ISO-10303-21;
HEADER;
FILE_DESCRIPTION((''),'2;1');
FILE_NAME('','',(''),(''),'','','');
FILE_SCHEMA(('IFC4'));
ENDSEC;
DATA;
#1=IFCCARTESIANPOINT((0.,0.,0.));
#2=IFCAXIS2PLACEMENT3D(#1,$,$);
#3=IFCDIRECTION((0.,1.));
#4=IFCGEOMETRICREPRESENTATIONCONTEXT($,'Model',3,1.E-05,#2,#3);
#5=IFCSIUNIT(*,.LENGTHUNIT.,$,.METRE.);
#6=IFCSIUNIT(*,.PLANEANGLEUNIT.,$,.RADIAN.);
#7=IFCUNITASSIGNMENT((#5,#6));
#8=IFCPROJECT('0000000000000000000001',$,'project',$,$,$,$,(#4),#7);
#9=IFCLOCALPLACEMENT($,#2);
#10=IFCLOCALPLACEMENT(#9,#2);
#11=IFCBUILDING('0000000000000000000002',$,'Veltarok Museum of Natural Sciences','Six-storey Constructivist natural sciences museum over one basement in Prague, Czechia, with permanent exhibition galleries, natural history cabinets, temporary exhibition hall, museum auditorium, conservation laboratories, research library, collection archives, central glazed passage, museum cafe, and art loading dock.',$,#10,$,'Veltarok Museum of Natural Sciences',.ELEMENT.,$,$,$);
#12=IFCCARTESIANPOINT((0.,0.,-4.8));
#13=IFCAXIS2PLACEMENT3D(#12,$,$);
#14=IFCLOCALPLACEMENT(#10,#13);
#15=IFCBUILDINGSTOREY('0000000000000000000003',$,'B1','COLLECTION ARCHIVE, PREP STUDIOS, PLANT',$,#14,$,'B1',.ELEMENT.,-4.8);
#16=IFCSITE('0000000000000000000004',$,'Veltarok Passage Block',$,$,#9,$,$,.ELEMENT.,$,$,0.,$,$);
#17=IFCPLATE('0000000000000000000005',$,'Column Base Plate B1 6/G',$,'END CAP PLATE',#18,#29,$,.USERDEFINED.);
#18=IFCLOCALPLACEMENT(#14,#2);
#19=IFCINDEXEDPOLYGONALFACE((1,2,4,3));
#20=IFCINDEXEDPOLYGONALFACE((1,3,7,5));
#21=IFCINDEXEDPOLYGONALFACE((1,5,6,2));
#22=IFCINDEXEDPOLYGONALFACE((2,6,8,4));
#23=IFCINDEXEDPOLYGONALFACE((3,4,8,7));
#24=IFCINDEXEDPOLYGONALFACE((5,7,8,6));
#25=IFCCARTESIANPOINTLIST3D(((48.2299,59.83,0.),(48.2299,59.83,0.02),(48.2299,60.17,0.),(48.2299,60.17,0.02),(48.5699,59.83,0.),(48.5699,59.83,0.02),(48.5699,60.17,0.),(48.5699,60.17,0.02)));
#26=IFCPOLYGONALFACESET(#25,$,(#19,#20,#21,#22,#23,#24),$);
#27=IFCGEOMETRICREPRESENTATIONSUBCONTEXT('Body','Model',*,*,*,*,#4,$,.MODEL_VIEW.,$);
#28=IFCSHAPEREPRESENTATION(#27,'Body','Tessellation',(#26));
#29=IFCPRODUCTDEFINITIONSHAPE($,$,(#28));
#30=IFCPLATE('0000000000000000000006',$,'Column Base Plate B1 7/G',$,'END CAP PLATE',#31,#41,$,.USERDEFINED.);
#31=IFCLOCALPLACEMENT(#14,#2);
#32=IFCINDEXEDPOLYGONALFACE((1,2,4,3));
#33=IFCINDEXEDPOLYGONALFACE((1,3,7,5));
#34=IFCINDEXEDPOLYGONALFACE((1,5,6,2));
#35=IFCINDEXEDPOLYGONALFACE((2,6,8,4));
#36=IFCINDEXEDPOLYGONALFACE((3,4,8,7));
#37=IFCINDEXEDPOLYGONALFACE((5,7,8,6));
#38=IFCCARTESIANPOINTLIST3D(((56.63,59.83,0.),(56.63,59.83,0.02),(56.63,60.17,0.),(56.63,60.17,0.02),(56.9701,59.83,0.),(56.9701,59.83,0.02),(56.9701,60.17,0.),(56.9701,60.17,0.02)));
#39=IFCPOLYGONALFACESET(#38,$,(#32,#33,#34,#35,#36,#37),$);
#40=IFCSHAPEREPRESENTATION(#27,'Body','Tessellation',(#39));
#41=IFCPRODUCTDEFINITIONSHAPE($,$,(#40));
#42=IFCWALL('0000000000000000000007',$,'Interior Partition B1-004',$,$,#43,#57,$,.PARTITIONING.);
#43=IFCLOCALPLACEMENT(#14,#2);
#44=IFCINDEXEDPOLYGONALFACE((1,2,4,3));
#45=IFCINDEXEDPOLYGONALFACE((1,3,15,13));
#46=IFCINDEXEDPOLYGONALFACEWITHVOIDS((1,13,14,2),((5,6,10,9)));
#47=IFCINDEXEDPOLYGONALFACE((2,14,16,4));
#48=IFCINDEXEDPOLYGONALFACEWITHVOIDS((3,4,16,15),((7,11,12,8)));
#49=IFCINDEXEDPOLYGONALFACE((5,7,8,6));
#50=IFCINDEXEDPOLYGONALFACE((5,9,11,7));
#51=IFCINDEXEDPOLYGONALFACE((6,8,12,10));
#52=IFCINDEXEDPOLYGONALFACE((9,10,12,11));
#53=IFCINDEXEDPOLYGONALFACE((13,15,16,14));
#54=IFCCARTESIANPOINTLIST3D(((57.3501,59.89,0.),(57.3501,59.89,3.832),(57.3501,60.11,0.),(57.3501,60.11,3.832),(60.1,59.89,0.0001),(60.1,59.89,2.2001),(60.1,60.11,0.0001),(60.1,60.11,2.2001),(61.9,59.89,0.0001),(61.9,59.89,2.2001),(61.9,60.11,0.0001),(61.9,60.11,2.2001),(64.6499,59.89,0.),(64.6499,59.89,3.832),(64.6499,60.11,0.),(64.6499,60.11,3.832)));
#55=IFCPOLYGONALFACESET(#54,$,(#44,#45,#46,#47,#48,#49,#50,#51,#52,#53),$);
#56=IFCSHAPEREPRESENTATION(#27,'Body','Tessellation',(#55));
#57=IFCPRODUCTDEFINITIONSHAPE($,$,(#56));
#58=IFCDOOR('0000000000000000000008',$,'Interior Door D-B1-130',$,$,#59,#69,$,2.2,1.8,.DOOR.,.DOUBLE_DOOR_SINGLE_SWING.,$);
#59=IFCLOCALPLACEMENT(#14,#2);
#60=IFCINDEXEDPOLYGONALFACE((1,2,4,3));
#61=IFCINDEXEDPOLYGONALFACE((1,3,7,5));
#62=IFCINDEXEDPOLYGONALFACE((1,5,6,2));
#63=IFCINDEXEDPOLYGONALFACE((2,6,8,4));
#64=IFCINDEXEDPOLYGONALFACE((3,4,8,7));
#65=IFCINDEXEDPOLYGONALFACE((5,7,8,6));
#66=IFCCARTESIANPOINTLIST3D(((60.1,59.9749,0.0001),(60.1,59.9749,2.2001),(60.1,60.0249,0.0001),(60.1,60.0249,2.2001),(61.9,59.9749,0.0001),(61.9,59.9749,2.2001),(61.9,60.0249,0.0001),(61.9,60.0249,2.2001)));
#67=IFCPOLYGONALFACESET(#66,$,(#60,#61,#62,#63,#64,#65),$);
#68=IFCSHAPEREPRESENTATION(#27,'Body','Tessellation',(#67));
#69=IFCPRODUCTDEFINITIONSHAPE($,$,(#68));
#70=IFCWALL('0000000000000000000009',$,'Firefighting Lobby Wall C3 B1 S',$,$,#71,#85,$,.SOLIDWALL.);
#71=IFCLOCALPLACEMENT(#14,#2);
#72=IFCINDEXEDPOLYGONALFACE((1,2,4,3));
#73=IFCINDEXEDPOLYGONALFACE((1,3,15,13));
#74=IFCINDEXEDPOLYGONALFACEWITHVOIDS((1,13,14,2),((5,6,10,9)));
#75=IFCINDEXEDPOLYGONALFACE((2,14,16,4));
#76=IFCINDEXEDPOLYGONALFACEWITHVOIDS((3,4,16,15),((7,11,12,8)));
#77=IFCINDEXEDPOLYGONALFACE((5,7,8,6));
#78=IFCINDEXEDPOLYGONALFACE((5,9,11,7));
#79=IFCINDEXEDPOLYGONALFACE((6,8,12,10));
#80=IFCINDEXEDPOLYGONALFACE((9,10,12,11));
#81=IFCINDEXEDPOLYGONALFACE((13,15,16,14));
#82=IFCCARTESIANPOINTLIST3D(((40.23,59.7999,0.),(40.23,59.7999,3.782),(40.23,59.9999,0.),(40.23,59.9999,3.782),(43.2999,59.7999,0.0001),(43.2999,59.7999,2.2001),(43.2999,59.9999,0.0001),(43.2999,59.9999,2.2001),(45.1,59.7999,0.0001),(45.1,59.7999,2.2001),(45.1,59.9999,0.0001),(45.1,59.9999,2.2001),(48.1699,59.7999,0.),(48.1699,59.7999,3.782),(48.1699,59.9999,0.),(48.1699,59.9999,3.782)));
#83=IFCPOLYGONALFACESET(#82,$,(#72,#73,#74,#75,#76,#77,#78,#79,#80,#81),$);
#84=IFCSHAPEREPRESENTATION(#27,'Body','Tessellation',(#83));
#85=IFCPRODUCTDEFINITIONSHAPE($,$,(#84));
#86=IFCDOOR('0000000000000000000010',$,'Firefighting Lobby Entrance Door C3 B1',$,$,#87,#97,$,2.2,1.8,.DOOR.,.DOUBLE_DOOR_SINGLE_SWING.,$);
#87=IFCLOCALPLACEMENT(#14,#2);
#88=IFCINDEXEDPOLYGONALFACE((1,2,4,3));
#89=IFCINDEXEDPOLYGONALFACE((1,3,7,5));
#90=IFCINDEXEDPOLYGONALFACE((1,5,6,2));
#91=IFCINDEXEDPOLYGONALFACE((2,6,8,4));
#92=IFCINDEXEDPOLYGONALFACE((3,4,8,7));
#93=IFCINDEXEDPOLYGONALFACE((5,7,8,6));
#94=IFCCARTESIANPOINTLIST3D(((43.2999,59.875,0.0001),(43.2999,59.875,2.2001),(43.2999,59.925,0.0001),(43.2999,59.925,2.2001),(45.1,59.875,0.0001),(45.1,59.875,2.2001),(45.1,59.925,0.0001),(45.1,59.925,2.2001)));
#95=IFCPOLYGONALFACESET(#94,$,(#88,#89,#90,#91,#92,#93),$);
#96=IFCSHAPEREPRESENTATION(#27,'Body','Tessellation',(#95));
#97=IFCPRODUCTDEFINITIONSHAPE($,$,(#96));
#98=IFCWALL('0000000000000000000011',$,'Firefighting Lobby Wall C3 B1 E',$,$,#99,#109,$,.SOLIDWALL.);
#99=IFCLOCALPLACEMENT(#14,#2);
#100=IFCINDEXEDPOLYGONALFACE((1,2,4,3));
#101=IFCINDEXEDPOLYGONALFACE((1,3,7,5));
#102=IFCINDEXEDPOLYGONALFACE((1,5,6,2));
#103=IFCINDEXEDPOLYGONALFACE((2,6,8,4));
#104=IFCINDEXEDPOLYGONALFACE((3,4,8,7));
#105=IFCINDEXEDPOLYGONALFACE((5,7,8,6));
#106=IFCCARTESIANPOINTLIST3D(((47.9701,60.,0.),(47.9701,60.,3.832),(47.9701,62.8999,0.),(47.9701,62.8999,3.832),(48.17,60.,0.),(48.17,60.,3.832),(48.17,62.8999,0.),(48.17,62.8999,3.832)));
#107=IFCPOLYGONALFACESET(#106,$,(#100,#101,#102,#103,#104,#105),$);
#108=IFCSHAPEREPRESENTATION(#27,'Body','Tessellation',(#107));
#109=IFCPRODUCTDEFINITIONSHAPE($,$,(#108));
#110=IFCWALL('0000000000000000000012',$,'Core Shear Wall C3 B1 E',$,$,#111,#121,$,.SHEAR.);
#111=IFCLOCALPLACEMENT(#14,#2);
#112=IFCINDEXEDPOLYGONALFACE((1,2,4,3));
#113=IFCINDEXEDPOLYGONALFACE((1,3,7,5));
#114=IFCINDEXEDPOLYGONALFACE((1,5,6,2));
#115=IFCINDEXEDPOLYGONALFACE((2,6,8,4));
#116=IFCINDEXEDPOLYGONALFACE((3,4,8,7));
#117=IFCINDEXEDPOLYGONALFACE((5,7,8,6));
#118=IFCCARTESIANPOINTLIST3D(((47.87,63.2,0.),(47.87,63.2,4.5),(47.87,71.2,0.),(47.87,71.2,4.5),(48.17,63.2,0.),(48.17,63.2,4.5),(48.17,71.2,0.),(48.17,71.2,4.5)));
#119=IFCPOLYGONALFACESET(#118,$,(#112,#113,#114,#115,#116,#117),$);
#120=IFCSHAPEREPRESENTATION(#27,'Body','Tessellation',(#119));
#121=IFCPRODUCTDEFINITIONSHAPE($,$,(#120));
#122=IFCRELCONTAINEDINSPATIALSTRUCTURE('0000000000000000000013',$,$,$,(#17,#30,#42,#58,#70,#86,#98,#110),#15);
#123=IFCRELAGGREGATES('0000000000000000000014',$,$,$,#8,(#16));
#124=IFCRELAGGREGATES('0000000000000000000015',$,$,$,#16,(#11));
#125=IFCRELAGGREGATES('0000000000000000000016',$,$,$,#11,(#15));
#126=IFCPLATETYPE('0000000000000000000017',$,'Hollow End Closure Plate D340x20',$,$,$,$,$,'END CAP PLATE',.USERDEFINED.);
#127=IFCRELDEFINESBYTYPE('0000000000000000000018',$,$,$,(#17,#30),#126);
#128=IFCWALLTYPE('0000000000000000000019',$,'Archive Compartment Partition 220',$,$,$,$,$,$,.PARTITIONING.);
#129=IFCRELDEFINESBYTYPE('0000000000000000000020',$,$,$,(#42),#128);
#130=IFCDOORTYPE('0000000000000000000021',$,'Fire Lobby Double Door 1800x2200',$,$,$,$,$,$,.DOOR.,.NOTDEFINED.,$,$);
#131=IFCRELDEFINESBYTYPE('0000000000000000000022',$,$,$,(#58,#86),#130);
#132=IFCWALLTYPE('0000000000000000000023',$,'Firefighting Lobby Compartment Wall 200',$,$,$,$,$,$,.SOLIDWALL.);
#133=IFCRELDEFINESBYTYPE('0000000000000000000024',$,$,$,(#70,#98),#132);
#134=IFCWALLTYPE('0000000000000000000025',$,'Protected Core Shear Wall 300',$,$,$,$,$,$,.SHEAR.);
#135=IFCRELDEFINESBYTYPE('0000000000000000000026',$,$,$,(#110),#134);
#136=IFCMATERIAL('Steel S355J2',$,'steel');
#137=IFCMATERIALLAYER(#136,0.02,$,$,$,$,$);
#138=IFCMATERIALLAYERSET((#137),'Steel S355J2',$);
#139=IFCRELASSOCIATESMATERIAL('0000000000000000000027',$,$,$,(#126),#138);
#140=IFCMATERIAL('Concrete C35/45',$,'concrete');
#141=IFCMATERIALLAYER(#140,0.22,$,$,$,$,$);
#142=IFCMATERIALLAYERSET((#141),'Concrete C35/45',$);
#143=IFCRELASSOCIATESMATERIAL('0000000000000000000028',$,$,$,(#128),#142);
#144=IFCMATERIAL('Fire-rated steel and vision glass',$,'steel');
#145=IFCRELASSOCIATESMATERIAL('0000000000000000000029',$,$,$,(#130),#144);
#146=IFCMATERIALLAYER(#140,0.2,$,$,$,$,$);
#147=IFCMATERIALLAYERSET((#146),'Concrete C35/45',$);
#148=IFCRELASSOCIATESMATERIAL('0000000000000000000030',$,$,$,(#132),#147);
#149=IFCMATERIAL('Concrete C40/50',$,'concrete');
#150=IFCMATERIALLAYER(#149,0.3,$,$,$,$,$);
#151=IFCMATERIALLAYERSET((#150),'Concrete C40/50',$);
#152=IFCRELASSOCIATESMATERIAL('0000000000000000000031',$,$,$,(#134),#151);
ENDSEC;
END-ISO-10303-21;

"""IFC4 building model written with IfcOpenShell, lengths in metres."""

from ifc_helpers import new_model, si_unit, direction, frame, frame_2d, origin, origin_2d, place, context, subcontext, project, spatial, rectangle, extrude, material, layer, layer_set, type_object, element, fill, save


model = new_model("IFC4")

# Units and contexts
model_context = context("Model", 3, precision=1e-05, world=origin(), true_north=direction((0.0, 1.0)))
body_context = subcontext(model_context, "Body", "Model", "MODEL_VIEW")
ifc_project = project(units=[si_unit("LENGTHUNIT", "METRE"), si_unit("PLANEANGLEUNIT", "RADIAN")], contexts=[model_context])

# Site, building, storey
site_placement = place(None, origin())
site = spatial("IfcSite", under=ifc_project, at=site_placement, Name="Veltarok Passage Block", CompositionType="ELEMENT", RefElevation=0.0)
building_placement = place(site_placement, origin())
building = spatial("IfcBuilding", under=site, at=building_placement, Name="Veltarok Museum of Natural Sciences", Description="Six-storey Constructivist natural sciences museum over one basement in Prague, Czechia, with permanent exhibition galleries, natural history cabinets, temporary exhibition hall, museum auditorium, conservation laboratories, research library, collection archives, central glazed passage, museum cafe, and art loading dock.", LongName="Veltarok Museum of Natural Sciences", CompositionType="ELEMENT")
storey_placement = place(building_placement, frame((0.0, 0.0, -4.8)))
storey = spatial("IfcBuildingStorey", under=building, at=storey_placement, Name="B1", Description="COLLECTION ARCHIVE, PREP STUDIOS, PLANT", LongName="B1", CompositionType="ELEMENT", Elevation=-4.8)

# Shared definitions
ifc_material_1 = material(Name="Concrete C35/45", Category="concrete")

# Shared definitions
ifc_material_2 = material(Name="Steel S355J2", Category="steel")

# Plates
ifc_layer_1 = layer(ifc_material_2, 0.02)
ifc_layer_set_1 = layer_set([ifc_layer_1], Name="Steel S355J2")
plate_type = type_object("IfcPlateType", Name="Hollow End Closure Plate D340x20", ElementType="END CAP PLATE", PredefinedType="USERDEFINED", material=ifc_layer_set_1)
for number, where, z_axis, x_axis, name in (
    (1, (48.3999, 60.0, 0.0), (0.0, 0.0, 1.0), (1.0, 0.0, 0.0), "Column Base Plate B1 6/G"),
    (2, (56.8, 60.0, 0.0), (0.0, 0.0, 1.0), (1.0, 0.0, 0.0), "Column Base Plate B1 7/G"),
):
    element("IfcPlate", number, at=place(storey_placement, frame(where, z_axis=z_axis, x_axis=x_axis)), inside=storey, type_object=plate_type, Name=name, ObjectType="END CAP PLATE", PredefinedType="USERDEFINED", context=body_context, shape_type="SweptSolid", body=[
        extrude(rectangle(XDim=0.3401, YDim=0.3401, at=origin_2d()), origin(), (0.0, 0.0, 1.0), 0.02),
    ])

# Walls, openings, doors
ifc_layer_2 = layer(ifc_material_1, 0.22)
ifc_layer_set_2 = layer_set([ifc_layer_2], Name="Concrete C35/45")
wall_type_1 = type_object("IfcWallType", Name="Archive Compartment Partition 220", PredefinedType="PARTITIONING", material=ifc_layer_set_2)
wall_1_placement = place(storey_placement, frame((57.3501, 60.0, 0.0), z_axis=(0.0, 0.0, 1.0), x_axis=(1.0, 0.0, 0.0)))
wall_1 = element("IfcWall", 3, at=wall_1_placement, inside=storey, type_object=wall_type_1, Name="Interior Partition B1-004", PredefinedType="PARTITIONING", context=body_context, shape_type="SweptSolid", body=[
    extrude(rectangle(XDim=7.2998, YDim=0.22, at=frame_2d((3.6499, 0.0))), origin(), (0.0, 0.0, 1.0), 3.832),
])
opening_1_placement = place(wall_1_placement, frame((2.75, 0.0, 0.0)))
opening_1 = element("IfcOpeningElement", 4, at=opening_1_placement, cuts=wall_1, PredefinedType="OPENING", context=body_context, shape_type="SweptSolid", body=[
    extrude(rectangle(XDim=1.8, YDim=2.2, at=frame_2d((0.8999, 1.1001))), frame((0.0, 0.1201, 0.0), z_axis=(0.0, -1.0, 0.0), x_axis=(1.0, 0.0, 0.0)), (0.0, 0.0, 1.0), 0.24),
])
ifc_material_3 = material(Name="Fire-rated steel and vision glass", Category="steel")
door_type = type_object("IfcDoorType", Name="Fire Lobby Double Door 1800x2200", OperationType="NOTDEFINED", PredefinedType="DOOR", material=ifc_material_3)
door_1_placement = place(opening_1_placement, origin())
door_1 = element("IfcDoor", 5, at=door_1_placement, inside=storey, type_object=door_type, Name="Interior Door D-B1-130", OperationType="DOUBLE_DOOR_SINGLE_SWING", OverallHeight=2.2, OverallWidth=1.8, PredefinedType="DOOR", context=body_context, shape_type="SweptSolid", body=[
    extrude(rectangle(XDim=1.8, YDim=2.2, at=frame_2d((0.8999, 1.1001))), frame((0.0, 0.0249, 0.0), z_axis=(0.0, -1.0, 0.0), x_axis=(1.0, 0.0, 0.0)), (0.0, 0.0, 1.0), 0.05),
])
fill(opening_1, door_1)
ifc_layer_3 = layer(ifc_material_1, 0.2)
ifc_layer_set_3 = layer_set([ifc_layer_3], Name="Concrete C35/45")
wall_type_2 = type_object("IfcWallType", Name="Firefighting Lobby Compartment Wall 200", PredefinedType="SOLIDWALL", material=ifc_layer_set_3)
wall_2_placement = place(storey_placement, frame((48.1699, 59.8999, 0.0), z_axis=(0.0, 0.0, 1.0), x_axis=(-1.0, 0.0, 0.0)))
wall_2 = element("IfcWall", 6, at=wall_2_placement, inside=storey, type_object=wall_type_2, Name="Firefighting Lobby Wall C3 B1 S", PredefinedType="SOLIDWALL", context=body_context, shape_type="SweptSolid", body=[
    extrude(rectangle(XDim=7.9399, YDim=0.2, at=frame_2d((3.97, 0.0))), origin(), (0.0, 0.0, 1.0), 3.782),
])
opening_2_placement = place(wall_2_placement, frame((3.0701, 0.0, 0.0)))
opening_2 = element("IfcOpeningElement", 7, at=opening_2_placement, cuts=wall_2, PredefinedType="OPENING", context=body_context, shape_type="SweptSolid", body=[
    extrude(rectangle(XDim=1.8, YDim=2.2, at=frame_2d((0.8999, 1.1001))), frame((0.0, 0.1099, 0.0), z_axis=(0.0, -1.0, 0.0), x_axis=(1.0, 0.0, 0.0)), (0.0, 0.0, 1.0), 0.22),
])
door_2_placement = place(opening_2_placement, origin())
door_2 = element("IfcDoor", 8, at=door_2_placement, inside=storey, type_object=door_type, Name="Firefighting Lobby Entrance Door C3 B1", OperationType="DOUBLE_DOOR_SINGLE_SWING", OverallHeight=2.2, OverallWidth=1.8, PredefinedType="DOOR", context=body_context, shape_type="SweptSolid", body=[
    extrude(rectangle(XDim=1.8, YDim=2.2, at=frame_2d((0.8999, 1.1001))), frame((0.0, 0.0249, 0.0), z_axis=(0.0, -1.0, 0.0), x_axis=(1.0, 0.0, 0.0)), (0.0, 0.0, 1.0), 0.05),
])
fill(opening_2, door_2)

# Walls
wall_3_placement = place(storey_placement, frame((48.0701, 62.8999, 0.0), z_axis=(0.0, 0.0, 1.0), x_axis=(0.0, -1.0, 0.0)))
element("IfcWall", 9, at=wall_3_placement, inside=storey, type_object=wall_type_2, Name="Firefighting Lobby Wall C3 B1 E", PredefinedType="SOLIDWALL", context=body_context, shape_type="SweptSolid", body=[
    extrude(rectangle(XDim=2.8999, YDim=0.2, at=frame_2d((1.45, 0.0))), origin(), (0.0, 0.0, 1.0), 3.832),
])
ifc_material_4 = material(Name="Concrete C40/50", Category="concrete")
ifc_layer_4 = layer(ifc_material_4, 0.3)
ifc_layer_set_4 = layer_set([ifc_layer_4], Name="Concrete C40/50")
wall_type_3 = type_object("IfcWallType", Name="Protected Core Shear Wall 300", PredefinedType="SHEAR", material=ifc_layer_set_4)
wall_4_placement = place(storey_placement, frame((48.02, 63.2, 0.0), z_axis=(0.0, 0.0, 1.0), x_axis=(0.0, 1.0, 0.0)))
element("IfcWall", 10, at=wall_4_placement, inside=storey, type_object=wall_type_3, Name="Core Shear Wall C3 B1 E", PredefinedType="SHEAR", context=body_context, shape_type="SweptSolid", body=[
    extrude(rectangle(XDim=8.0, YDim=0.3, at=frame_2d((4.0, 0.0))), origin(), (0.0, 0.0, 1.0), 4.5),
])

save(model, "model.ifc")
